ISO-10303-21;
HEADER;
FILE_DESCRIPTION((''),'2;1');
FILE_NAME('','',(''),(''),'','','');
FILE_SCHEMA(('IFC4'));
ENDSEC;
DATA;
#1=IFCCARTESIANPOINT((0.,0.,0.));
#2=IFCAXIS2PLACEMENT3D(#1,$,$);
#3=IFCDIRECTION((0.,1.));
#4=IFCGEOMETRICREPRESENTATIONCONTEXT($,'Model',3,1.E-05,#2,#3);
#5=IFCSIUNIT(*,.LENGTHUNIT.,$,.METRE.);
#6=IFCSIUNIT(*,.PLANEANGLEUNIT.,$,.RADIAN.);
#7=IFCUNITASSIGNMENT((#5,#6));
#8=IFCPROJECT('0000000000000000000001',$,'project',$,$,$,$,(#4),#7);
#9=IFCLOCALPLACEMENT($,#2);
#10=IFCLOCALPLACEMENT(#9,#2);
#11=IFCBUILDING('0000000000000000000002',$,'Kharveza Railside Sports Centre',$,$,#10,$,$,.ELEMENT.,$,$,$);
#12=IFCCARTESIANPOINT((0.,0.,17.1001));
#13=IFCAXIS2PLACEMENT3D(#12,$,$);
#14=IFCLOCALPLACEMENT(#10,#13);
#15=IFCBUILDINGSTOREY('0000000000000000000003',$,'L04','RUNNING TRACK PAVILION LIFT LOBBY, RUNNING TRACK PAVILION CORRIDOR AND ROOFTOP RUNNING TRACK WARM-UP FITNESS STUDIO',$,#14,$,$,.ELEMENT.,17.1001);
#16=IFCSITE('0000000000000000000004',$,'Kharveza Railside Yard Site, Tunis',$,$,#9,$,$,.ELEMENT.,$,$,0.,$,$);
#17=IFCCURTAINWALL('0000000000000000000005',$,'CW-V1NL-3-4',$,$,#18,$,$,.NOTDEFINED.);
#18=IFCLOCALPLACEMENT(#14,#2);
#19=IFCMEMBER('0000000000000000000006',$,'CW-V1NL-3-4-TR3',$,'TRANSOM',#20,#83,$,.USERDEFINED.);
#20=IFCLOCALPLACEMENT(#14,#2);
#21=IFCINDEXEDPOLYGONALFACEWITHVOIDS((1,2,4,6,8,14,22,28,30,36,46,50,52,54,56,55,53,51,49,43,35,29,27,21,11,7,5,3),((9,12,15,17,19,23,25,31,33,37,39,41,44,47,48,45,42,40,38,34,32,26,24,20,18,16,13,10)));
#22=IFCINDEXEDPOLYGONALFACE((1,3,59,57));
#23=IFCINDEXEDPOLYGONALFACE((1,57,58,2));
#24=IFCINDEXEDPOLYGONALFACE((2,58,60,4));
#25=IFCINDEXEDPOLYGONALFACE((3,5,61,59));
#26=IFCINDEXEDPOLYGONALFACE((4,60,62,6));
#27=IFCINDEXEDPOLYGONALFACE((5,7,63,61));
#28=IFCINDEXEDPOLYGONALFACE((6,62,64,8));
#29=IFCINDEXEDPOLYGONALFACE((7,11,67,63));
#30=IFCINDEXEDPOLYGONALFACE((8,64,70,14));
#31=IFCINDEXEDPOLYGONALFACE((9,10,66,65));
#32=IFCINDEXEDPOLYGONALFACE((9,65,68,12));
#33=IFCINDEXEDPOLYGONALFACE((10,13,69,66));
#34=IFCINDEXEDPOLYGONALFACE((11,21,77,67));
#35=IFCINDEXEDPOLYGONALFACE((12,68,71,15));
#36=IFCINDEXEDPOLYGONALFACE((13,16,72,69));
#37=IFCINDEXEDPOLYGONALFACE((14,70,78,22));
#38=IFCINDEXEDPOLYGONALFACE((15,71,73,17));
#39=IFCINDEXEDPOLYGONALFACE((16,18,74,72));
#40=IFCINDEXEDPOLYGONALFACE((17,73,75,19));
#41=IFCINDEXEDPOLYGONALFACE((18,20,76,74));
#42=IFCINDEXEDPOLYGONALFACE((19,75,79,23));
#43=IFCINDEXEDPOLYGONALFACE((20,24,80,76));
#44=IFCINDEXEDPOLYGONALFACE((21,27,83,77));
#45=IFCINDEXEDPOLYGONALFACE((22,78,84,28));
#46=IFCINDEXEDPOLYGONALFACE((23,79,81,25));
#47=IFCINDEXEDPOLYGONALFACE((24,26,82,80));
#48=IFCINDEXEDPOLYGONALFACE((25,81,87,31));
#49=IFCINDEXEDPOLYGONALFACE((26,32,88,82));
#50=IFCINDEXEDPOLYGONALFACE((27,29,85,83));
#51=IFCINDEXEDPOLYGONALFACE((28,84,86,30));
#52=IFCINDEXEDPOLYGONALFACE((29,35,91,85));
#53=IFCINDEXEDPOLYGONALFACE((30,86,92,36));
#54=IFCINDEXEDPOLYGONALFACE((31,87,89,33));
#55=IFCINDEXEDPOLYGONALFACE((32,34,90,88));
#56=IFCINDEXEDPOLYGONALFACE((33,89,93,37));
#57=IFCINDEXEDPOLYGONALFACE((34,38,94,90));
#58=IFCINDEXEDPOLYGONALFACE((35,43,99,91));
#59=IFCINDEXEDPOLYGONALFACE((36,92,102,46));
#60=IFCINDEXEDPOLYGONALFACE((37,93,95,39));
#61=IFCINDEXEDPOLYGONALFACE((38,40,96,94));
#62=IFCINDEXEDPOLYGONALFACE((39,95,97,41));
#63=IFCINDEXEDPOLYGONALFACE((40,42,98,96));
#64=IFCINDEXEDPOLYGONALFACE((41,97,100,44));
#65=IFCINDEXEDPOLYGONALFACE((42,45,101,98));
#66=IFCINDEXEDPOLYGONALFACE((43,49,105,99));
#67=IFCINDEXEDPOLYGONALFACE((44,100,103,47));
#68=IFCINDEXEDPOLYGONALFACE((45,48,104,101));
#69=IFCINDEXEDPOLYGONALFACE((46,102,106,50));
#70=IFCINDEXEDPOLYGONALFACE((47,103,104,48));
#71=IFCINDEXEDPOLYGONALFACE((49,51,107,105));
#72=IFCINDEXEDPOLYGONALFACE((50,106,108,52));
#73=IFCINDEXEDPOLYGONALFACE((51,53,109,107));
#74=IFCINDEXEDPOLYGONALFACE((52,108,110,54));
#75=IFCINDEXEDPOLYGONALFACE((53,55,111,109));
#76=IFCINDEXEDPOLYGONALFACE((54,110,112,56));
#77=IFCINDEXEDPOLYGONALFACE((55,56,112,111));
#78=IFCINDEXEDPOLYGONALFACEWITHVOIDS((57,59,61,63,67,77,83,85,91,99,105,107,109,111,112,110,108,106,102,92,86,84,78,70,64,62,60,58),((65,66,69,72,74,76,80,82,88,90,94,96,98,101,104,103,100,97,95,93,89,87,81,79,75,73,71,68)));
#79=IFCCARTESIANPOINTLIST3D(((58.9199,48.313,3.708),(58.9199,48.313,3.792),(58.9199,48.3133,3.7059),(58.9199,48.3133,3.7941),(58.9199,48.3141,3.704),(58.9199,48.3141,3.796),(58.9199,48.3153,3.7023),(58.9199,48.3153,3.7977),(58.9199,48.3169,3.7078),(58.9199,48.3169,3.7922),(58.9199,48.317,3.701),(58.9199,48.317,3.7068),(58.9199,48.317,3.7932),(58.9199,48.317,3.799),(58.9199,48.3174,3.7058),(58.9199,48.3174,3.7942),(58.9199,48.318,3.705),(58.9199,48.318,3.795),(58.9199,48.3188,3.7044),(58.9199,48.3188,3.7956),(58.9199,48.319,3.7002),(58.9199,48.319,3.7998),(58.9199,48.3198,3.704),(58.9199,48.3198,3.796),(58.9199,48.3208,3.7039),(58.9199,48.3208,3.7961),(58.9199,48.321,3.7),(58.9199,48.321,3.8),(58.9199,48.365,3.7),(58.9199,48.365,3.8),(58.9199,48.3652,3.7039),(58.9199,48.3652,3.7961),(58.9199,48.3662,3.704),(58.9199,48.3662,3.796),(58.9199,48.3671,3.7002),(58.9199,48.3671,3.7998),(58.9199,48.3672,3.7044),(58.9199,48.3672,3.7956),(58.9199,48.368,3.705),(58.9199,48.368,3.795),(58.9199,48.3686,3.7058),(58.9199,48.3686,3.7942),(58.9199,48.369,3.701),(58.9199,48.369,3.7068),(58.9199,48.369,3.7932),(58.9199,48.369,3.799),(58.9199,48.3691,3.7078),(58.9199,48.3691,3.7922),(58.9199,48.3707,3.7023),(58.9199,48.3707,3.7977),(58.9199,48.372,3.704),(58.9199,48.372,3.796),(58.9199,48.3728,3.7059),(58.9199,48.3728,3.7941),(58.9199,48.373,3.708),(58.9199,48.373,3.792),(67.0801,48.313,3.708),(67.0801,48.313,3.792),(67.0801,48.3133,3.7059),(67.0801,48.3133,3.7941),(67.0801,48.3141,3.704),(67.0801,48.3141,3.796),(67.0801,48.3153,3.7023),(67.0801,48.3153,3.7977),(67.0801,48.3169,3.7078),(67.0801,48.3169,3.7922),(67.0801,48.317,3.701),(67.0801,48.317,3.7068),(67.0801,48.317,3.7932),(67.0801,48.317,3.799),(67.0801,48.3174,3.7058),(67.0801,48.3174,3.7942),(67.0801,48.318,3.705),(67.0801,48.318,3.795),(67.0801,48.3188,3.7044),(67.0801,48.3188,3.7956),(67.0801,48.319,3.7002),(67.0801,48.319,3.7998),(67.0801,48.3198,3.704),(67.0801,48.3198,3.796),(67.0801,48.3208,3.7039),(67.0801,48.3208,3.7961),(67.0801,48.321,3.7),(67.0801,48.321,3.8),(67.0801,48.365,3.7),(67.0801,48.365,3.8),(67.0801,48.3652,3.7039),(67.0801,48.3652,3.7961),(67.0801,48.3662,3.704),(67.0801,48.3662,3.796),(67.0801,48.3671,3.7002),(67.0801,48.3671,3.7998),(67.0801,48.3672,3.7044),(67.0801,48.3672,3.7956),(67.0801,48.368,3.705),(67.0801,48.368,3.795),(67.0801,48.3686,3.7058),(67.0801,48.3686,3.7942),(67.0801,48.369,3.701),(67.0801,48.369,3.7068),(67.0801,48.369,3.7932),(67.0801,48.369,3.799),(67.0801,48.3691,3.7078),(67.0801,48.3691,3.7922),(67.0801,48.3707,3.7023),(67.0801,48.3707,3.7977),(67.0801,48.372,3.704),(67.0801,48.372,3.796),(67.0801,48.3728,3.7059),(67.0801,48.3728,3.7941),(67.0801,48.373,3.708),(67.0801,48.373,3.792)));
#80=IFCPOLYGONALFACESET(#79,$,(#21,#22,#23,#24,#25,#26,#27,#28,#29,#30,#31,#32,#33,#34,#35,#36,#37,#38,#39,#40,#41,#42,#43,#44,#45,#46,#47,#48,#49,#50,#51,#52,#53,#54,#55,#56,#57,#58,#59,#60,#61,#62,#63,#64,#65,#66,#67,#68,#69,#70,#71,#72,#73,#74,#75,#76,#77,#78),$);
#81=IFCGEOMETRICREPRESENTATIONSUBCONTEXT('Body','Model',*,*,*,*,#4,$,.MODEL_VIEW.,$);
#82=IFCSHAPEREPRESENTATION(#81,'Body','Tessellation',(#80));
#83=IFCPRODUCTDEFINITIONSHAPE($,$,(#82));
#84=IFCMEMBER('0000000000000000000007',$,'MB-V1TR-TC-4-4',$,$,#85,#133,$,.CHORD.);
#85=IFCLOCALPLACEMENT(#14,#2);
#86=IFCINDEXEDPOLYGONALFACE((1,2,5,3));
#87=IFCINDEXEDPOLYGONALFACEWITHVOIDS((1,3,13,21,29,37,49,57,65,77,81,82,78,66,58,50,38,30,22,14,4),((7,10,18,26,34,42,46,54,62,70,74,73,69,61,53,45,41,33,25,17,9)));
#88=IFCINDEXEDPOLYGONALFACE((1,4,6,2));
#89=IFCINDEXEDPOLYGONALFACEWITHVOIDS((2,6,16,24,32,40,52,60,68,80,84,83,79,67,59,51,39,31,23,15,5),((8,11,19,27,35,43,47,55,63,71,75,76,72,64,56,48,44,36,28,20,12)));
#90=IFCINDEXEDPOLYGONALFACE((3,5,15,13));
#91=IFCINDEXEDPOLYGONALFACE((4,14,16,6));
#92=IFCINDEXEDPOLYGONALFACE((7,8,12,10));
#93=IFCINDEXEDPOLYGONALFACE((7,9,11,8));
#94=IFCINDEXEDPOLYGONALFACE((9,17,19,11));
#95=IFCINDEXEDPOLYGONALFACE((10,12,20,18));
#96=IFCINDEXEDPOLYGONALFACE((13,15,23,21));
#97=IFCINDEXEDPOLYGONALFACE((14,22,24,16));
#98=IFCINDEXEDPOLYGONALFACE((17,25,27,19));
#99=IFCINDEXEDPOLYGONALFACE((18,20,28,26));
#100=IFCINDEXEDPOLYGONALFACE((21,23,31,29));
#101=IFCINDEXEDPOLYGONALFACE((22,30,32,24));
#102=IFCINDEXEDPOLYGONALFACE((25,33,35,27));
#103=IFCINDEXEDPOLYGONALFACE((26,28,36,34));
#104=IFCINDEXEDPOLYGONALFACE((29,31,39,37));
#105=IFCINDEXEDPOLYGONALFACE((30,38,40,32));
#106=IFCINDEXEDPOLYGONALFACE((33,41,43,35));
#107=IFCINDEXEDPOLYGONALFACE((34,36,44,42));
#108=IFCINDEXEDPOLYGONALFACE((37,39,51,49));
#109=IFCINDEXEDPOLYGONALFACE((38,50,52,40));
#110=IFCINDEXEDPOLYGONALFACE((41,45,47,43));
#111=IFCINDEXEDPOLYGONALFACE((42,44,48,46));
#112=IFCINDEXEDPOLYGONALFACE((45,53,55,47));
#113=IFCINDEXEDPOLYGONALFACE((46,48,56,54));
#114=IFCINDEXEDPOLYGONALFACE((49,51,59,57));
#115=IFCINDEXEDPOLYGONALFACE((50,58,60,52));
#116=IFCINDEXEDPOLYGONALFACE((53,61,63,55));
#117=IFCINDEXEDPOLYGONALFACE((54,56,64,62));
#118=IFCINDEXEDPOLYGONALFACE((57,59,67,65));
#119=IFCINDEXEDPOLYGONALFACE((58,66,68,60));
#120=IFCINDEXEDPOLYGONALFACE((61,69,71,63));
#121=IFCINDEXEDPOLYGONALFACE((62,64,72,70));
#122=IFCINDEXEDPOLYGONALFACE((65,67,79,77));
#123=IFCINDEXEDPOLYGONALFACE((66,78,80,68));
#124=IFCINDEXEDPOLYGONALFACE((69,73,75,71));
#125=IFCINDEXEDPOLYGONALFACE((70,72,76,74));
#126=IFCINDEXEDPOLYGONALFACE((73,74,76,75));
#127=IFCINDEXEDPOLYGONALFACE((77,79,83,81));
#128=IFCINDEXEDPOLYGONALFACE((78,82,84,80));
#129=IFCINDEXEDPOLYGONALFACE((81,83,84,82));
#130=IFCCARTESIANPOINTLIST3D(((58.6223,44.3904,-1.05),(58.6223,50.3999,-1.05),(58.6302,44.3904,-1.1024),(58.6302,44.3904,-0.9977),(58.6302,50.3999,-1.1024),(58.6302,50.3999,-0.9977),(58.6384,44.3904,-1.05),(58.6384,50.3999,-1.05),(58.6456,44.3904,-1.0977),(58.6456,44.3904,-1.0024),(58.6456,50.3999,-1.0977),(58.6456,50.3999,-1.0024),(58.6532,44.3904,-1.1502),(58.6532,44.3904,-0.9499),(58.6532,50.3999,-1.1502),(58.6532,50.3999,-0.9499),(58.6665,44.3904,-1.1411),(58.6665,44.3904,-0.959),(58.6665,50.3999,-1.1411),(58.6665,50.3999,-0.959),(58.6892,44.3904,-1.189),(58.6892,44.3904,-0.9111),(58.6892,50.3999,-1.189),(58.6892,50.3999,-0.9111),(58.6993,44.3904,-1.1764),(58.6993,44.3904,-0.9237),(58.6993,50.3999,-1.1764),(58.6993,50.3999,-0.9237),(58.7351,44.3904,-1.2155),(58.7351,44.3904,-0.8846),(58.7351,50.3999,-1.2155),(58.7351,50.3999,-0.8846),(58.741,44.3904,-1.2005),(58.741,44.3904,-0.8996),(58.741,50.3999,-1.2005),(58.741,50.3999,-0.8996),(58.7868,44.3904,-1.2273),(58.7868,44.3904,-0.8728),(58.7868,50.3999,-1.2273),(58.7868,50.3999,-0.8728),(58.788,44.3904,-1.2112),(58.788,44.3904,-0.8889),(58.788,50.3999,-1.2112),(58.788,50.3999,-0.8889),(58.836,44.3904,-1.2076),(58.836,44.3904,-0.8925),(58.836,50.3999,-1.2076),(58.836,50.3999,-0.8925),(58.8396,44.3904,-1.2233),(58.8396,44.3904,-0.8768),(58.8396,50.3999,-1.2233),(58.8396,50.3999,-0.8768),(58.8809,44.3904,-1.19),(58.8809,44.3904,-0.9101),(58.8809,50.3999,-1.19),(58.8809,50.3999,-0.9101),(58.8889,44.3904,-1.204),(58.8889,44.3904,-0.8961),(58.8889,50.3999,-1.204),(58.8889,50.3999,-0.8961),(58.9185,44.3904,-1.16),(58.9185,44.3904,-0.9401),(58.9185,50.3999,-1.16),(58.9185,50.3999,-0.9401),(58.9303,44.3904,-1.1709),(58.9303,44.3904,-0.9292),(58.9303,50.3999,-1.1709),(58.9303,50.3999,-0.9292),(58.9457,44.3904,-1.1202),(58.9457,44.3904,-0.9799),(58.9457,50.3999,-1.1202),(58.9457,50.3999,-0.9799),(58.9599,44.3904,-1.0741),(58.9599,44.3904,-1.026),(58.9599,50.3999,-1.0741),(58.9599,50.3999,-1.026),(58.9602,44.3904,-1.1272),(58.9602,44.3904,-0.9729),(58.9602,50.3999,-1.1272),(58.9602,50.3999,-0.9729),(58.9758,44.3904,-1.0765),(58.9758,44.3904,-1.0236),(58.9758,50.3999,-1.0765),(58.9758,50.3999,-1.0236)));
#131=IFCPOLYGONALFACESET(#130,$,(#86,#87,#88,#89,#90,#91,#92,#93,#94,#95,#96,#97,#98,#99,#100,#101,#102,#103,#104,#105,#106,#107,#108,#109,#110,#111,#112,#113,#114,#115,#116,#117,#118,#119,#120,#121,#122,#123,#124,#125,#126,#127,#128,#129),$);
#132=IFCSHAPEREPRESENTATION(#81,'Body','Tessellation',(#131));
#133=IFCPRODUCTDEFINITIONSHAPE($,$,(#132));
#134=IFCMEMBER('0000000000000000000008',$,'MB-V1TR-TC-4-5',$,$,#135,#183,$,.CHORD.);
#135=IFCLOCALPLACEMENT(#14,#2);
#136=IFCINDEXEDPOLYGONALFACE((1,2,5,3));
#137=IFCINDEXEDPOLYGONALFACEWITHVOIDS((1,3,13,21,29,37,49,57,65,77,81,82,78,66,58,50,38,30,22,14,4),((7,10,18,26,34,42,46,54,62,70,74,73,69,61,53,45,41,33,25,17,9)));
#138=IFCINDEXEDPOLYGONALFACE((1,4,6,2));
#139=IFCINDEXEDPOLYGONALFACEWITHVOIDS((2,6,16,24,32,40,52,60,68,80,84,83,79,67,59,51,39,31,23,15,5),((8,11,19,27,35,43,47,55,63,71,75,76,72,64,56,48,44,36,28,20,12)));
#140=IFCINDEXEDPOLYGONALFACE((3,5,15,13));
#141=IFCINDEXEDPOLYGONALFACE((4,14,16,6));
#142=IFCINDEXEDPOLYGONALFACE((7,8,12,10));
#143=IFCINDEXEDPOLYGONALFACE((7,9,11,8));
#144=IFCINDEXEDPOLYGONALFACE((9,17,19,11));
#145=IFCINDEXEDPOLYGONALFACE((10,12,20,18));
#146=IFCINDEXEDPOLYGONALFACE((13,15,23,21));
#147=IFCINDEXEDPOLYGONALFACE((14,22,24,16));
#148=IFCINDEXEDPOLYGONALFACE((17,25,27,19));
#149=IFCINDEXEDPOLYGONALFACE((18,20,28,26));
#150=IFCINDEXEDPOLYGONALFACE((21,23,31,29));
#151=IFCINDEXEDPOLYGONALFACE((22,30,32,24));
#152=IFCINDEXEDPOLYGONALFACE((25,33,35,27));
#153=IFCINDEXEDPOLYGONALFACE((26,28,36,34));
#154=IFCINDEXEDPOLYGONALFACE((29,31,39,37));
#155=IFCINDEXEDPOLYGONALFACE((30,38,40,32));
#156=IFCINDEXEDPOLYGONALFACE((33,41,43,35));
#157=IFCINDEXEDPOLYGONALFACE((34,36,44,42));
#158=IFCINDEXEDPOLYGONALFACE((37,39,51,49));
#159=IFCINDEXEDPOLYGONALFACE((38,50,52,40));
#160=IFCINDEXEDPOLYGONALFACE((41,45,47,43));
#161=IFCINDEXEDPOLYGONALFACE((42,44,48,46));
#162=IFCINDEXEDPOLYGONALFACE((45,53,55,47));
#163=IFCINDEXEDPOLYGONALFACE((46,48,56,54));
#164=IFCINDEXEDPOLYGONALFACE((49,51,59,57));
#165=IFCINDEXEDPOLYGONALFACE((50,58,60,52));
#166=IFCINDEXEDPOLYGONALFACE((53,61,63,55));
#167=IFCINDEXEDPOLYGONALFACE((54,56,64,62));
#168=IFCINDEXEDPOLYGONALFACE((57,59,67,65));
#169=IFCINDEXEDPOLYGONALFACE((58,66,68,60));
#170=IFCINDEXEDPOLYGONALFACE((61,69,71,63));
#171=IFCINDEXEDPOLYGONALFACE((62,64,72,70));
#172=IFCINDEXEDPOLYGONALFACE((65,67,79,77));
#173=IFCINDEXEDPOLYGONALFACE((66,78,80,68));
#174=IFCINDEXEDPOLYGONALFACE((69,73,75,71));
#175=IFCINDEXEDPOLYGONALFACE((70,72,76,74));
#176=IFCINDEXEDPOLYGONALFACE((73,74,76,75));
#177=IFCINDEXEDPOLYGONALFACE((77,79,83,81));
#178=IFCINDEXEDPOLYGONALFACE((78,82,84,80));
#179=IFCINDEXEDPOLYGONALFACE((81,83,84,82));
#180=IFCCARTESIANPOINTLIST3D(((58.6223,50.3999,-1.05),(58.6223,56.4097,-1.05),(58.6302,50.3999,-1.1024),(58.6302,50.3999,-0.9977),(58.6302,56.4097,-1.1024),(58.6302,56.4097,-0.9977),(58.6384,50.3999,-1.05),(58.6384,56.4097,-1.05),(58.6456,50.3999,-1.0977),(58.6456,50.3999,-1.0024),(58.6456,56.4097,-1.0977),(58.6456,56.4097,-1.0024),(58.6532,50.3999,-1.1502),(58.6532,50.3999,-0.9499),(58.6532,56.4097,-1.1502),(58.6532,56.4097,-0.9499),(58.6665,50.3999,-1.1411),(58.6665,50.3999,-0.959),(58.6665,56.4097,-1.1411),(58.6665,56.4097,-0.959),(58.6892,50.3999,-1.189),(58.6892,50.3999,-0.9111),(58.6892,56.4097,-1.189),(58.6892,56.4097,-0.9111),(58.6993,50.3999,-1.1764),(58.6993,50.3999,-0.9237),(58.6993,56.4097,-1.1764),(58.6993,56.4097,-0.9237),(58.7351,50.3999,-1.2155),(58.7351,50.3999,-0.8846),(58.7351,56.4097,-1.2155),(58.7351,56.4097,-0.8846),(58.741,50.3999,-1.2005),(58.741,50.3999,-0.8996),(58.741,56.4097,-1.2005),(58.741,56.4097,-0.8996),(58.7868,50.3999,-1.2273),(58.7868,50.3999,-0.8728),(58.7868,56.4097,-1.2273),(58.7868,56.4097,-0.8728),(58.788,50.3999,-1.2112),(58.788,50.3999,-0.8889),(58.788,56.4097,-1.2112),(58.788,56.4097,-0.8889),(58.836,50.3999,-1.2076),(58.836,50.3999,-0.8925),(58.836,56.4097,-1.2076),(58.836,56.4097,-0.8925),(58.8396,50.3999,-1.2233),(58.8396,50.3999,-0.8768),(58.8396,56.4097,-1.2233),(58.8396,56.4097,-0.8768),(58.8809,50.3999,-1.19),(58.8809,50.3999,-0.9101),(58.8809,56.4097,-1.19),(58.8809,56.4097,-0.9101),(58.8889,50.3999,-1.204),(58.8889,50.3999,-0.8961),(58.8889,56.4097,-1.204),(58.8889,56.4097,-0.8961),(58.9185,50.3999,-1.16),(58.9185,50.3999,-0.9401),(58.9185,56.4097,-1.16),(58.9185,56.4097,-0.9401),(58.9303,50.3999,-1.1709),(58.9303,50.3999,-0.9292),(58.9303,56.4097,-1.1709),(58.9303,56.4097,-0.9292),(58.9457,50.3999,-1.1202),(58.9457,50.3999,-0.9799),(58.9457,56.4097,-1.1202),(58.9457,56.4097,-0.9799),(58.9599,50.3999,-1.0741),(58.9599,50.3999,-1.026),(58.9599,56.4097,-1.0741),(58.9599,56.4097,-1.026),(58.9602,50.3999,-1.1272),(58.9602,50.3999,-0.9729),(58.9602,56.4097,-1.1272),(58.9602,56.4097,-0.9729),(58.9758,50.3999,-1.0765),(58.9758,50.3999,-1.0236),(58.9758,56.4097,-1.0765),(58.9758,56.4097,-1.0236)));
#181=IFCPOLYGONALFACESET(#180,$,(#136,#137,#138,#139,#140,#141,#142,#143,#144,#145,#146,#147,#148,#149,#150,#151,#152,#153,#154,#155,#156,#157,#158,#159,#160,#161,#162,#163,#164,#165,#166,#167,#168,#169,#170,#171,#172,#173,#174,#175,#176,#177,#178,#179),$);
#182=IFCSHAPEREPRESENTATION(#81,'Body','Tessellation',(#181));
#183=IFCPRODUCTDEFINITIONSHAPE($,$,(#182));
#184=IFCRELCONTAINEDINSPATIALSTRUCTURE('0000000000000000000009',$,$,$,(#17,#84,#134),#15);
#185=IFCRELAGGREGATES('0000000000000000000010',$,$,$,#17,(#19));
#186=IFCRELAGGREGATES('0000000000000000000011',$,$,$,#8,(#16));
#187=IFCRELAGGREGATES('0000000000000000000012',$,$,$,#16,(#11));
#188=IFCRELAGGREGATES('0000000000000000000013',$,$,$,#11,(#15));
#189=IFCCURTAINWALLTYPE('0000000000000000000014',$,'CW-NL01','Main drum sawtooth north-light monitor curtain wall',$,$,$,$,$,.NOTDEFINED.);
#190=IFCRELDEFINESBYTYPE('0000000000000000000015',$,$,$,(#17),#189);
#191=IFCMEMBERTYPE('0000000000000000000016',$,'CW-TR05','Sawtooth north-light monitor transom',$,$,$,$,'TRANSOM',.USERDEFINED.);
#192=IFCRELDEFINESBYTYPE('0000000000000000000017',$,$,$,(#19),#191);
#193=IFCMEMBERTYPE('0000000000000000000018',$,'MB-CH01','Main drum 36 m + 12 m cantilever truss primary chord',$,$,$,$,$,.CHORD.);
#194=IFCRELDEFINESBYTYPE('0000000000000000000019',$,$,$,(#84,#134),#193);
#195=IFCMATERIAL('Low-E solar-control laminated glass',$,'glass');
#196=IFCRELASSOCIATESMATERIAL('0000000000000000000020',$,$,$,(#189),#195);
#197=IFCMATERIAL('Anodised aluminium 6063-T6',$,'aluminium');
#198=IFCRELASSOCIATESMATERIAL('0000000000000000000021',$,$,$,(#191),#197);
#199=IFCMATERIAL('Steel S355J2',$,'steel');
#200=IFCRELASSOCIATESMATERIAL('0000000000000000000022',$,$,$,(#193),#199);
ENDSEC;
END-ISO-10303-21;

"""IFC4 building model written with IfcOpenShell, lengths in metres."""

from ifc_helpers import new_model, si_unit, direction, frame, origin, origin_2d, place, context, subcontext, project, spatial, hollow_rectangle, hollow_circle, extrude, material, material_profile, profile_set, type_object, element, aggregate, save


model = new_model("IFC4")

# Units and contexts
model_context = context("Model", 3, precision=1e-05, world=origin(), true_north=direction((0.0, 1.0)))
body_context = subcontext(model_context, "Body", "Model", "MODEL_VIEW")
ifc_project = project(units=[si_unit("LENGTHUNIT", "METRE"), si_unit("PLANEANGLEUNIT", "RADIAN")], contexts=[model_context])

# Site, building, storey
site_placement = place(None, origin())
site = spatial("IfcSite", under=ifc_project, at=site_placement, Name="Kharveza Railside Yard Site, Tunis", CompositionType="ELEMENT", RefElevation=0.0)
building_placement = place(site_placement, origin())
building = spatial("IfcBuilding", under=site, at=building_placement, Name="Kharveza Railside Sports Centre", CompositionType="ELEMENT")
storey_placement = place(building_placement, frame((0.0, 0.0, 17.1001)))
storey = spatial("IfcBuildingStorey", under=building, at=storey_placement, Name="L04", Description="RUNNING TRACK PAVILION LIFT LOBBY, RUNNING TRACK PAVILION CORRIDOR AND ROOFTOP RUNNING TRACK WARM-UP FITNESS STUDIO", CompositionType="ELEMENT", Elevation=17.1001)

# Curtain wall
ifc_material_1 = material(Name="Low-E solar-control laminated glass", Category="glass")
curtain_wall_type = type_object("IfcCurtainWallType", Name="CW-NL01", Description="Main drum sawtooth north-light monitor curtain wall", PredefinedType="NOTDEFINED", material=ifc_material_1)
ifc_material_2 = material(Name="Anodised aluminium 6063-T6", Category="aluminium")
curtain_wall_1_placement = place(storey_placement, origin())
curtain_wall_1 = element("IfcCurtainWall", 1, at=curtain_wall_1_placement, inside=storey, type_object=curtain_wall_type, Name="CW-V1NL-3-4", PredefinedType="NOTDEFINED")

# Member
ifc_material_profile_1 = material_profile(ifc_material_2, hollow_rectangle(XDim=0.0601, YDim=0.1001, WallThickness=0.0039, InnerFilletRadius=0.0039, OuterFilletRadius=0.0081, at=origin_2d()), Name="RHS 60x100x4.0")
ifc_profile_set_1 = profile_set([ifc_material_profile_1], Name="Anodised aluminium 6063-T6")
member_type_1 = type_object("IfcMemberType", Name="CW-TR05", Description="Sawtooth north-light monitor transom", ElementType="TRANSOM", PredefinedType="USERDEFINED", material=ifc_profile_set_1)
member_1_placement = place(storey_placement, frame((58.9199, 48.343, 3.75), z_axis=(1.0, 0.0, 0.0), x_axis=(0.0, 1.0, 0.0)))
member_1 = element("IfcMember", 2, at=member_1_placement, type_object=member_type_1, Name="CW-V1NL-3-4-TR3", ObjectType="TRANSOM", PredefinedType="USERDEFINED", context=body_context, shape_type="SweptSolid", body=[
    extrude(hollow_rectangle(XDim=0.0601, YDim=0.1001, WallThickness=0.0039, InnerFilletRadius=0.0039, OuterFilletRadius=0.0081, at=origin_2d()), origin(), (0.0, 0.0, 1.0), 8.1602),
])

# Members
ifc_material_3 = material(Name="Steel S355J2", Category="steel")
ifc_material_profile_2 = material_profile(ifc_material_3, hollow_circle(Radius=0.1777, WallThickness=0.0161, at=origin_2d()), Name="CHS 355.6x16.0")
ifc_profile_set_2 = profile_set([ifc_material_profile_2], Name="Steel S355J2")
member_type_2 = type_object("IfcMemberType", Name="MB-CH01", Description="Main drum 36 m + 12 m cantilever truss primary chord", PredefinedType="CHORD", material=ifc_profile_set_2)
member_2_placement = place(storey_placement, frame((58.8, 44.3904, -1.05), z_axis=(0.0, 1.0, 0.0), x_axis=(-1.0, 0.0, 0.0)))
element("IfcMember", 3, at=member_2_placement, inside=storey, type_object=member_type_2, Name="MB-V1TR-TC-4-4", PredefinedType="CHORD", context=body_context, shape_type="SweptSolid", body=[
    extrude(hollow_circle(Radius=0.1777, WallThickness=0.0161, at=origin_2d()), origin(), (0.0, 0.0, 1.0), 6.0095),
])
member_3_placement = place(storey_placement, frame((58.8, 50.3999, -1.05), z_axis=(0.0, 1.0, 0.0), x_axis=(-1.0, 0.0, 0.0)))
element("IfcMember", 4, at=member_3_placement, inside=storey, type_object=member_type_2, Name="MB-V1TR-TC-4-5", PredefinedType="CHORD", context=body_context, shape_type="SweptSolid", body=[
    extrude(hollow_circle(Radius=0.1777, WallThickness=0.0161, at=origin_2d()), origin(), (0.0, 0.0, 1.0), 6.0098),
])

aggregate(curtain_wall_1, [member_1])

save(model, "model.ifc")
